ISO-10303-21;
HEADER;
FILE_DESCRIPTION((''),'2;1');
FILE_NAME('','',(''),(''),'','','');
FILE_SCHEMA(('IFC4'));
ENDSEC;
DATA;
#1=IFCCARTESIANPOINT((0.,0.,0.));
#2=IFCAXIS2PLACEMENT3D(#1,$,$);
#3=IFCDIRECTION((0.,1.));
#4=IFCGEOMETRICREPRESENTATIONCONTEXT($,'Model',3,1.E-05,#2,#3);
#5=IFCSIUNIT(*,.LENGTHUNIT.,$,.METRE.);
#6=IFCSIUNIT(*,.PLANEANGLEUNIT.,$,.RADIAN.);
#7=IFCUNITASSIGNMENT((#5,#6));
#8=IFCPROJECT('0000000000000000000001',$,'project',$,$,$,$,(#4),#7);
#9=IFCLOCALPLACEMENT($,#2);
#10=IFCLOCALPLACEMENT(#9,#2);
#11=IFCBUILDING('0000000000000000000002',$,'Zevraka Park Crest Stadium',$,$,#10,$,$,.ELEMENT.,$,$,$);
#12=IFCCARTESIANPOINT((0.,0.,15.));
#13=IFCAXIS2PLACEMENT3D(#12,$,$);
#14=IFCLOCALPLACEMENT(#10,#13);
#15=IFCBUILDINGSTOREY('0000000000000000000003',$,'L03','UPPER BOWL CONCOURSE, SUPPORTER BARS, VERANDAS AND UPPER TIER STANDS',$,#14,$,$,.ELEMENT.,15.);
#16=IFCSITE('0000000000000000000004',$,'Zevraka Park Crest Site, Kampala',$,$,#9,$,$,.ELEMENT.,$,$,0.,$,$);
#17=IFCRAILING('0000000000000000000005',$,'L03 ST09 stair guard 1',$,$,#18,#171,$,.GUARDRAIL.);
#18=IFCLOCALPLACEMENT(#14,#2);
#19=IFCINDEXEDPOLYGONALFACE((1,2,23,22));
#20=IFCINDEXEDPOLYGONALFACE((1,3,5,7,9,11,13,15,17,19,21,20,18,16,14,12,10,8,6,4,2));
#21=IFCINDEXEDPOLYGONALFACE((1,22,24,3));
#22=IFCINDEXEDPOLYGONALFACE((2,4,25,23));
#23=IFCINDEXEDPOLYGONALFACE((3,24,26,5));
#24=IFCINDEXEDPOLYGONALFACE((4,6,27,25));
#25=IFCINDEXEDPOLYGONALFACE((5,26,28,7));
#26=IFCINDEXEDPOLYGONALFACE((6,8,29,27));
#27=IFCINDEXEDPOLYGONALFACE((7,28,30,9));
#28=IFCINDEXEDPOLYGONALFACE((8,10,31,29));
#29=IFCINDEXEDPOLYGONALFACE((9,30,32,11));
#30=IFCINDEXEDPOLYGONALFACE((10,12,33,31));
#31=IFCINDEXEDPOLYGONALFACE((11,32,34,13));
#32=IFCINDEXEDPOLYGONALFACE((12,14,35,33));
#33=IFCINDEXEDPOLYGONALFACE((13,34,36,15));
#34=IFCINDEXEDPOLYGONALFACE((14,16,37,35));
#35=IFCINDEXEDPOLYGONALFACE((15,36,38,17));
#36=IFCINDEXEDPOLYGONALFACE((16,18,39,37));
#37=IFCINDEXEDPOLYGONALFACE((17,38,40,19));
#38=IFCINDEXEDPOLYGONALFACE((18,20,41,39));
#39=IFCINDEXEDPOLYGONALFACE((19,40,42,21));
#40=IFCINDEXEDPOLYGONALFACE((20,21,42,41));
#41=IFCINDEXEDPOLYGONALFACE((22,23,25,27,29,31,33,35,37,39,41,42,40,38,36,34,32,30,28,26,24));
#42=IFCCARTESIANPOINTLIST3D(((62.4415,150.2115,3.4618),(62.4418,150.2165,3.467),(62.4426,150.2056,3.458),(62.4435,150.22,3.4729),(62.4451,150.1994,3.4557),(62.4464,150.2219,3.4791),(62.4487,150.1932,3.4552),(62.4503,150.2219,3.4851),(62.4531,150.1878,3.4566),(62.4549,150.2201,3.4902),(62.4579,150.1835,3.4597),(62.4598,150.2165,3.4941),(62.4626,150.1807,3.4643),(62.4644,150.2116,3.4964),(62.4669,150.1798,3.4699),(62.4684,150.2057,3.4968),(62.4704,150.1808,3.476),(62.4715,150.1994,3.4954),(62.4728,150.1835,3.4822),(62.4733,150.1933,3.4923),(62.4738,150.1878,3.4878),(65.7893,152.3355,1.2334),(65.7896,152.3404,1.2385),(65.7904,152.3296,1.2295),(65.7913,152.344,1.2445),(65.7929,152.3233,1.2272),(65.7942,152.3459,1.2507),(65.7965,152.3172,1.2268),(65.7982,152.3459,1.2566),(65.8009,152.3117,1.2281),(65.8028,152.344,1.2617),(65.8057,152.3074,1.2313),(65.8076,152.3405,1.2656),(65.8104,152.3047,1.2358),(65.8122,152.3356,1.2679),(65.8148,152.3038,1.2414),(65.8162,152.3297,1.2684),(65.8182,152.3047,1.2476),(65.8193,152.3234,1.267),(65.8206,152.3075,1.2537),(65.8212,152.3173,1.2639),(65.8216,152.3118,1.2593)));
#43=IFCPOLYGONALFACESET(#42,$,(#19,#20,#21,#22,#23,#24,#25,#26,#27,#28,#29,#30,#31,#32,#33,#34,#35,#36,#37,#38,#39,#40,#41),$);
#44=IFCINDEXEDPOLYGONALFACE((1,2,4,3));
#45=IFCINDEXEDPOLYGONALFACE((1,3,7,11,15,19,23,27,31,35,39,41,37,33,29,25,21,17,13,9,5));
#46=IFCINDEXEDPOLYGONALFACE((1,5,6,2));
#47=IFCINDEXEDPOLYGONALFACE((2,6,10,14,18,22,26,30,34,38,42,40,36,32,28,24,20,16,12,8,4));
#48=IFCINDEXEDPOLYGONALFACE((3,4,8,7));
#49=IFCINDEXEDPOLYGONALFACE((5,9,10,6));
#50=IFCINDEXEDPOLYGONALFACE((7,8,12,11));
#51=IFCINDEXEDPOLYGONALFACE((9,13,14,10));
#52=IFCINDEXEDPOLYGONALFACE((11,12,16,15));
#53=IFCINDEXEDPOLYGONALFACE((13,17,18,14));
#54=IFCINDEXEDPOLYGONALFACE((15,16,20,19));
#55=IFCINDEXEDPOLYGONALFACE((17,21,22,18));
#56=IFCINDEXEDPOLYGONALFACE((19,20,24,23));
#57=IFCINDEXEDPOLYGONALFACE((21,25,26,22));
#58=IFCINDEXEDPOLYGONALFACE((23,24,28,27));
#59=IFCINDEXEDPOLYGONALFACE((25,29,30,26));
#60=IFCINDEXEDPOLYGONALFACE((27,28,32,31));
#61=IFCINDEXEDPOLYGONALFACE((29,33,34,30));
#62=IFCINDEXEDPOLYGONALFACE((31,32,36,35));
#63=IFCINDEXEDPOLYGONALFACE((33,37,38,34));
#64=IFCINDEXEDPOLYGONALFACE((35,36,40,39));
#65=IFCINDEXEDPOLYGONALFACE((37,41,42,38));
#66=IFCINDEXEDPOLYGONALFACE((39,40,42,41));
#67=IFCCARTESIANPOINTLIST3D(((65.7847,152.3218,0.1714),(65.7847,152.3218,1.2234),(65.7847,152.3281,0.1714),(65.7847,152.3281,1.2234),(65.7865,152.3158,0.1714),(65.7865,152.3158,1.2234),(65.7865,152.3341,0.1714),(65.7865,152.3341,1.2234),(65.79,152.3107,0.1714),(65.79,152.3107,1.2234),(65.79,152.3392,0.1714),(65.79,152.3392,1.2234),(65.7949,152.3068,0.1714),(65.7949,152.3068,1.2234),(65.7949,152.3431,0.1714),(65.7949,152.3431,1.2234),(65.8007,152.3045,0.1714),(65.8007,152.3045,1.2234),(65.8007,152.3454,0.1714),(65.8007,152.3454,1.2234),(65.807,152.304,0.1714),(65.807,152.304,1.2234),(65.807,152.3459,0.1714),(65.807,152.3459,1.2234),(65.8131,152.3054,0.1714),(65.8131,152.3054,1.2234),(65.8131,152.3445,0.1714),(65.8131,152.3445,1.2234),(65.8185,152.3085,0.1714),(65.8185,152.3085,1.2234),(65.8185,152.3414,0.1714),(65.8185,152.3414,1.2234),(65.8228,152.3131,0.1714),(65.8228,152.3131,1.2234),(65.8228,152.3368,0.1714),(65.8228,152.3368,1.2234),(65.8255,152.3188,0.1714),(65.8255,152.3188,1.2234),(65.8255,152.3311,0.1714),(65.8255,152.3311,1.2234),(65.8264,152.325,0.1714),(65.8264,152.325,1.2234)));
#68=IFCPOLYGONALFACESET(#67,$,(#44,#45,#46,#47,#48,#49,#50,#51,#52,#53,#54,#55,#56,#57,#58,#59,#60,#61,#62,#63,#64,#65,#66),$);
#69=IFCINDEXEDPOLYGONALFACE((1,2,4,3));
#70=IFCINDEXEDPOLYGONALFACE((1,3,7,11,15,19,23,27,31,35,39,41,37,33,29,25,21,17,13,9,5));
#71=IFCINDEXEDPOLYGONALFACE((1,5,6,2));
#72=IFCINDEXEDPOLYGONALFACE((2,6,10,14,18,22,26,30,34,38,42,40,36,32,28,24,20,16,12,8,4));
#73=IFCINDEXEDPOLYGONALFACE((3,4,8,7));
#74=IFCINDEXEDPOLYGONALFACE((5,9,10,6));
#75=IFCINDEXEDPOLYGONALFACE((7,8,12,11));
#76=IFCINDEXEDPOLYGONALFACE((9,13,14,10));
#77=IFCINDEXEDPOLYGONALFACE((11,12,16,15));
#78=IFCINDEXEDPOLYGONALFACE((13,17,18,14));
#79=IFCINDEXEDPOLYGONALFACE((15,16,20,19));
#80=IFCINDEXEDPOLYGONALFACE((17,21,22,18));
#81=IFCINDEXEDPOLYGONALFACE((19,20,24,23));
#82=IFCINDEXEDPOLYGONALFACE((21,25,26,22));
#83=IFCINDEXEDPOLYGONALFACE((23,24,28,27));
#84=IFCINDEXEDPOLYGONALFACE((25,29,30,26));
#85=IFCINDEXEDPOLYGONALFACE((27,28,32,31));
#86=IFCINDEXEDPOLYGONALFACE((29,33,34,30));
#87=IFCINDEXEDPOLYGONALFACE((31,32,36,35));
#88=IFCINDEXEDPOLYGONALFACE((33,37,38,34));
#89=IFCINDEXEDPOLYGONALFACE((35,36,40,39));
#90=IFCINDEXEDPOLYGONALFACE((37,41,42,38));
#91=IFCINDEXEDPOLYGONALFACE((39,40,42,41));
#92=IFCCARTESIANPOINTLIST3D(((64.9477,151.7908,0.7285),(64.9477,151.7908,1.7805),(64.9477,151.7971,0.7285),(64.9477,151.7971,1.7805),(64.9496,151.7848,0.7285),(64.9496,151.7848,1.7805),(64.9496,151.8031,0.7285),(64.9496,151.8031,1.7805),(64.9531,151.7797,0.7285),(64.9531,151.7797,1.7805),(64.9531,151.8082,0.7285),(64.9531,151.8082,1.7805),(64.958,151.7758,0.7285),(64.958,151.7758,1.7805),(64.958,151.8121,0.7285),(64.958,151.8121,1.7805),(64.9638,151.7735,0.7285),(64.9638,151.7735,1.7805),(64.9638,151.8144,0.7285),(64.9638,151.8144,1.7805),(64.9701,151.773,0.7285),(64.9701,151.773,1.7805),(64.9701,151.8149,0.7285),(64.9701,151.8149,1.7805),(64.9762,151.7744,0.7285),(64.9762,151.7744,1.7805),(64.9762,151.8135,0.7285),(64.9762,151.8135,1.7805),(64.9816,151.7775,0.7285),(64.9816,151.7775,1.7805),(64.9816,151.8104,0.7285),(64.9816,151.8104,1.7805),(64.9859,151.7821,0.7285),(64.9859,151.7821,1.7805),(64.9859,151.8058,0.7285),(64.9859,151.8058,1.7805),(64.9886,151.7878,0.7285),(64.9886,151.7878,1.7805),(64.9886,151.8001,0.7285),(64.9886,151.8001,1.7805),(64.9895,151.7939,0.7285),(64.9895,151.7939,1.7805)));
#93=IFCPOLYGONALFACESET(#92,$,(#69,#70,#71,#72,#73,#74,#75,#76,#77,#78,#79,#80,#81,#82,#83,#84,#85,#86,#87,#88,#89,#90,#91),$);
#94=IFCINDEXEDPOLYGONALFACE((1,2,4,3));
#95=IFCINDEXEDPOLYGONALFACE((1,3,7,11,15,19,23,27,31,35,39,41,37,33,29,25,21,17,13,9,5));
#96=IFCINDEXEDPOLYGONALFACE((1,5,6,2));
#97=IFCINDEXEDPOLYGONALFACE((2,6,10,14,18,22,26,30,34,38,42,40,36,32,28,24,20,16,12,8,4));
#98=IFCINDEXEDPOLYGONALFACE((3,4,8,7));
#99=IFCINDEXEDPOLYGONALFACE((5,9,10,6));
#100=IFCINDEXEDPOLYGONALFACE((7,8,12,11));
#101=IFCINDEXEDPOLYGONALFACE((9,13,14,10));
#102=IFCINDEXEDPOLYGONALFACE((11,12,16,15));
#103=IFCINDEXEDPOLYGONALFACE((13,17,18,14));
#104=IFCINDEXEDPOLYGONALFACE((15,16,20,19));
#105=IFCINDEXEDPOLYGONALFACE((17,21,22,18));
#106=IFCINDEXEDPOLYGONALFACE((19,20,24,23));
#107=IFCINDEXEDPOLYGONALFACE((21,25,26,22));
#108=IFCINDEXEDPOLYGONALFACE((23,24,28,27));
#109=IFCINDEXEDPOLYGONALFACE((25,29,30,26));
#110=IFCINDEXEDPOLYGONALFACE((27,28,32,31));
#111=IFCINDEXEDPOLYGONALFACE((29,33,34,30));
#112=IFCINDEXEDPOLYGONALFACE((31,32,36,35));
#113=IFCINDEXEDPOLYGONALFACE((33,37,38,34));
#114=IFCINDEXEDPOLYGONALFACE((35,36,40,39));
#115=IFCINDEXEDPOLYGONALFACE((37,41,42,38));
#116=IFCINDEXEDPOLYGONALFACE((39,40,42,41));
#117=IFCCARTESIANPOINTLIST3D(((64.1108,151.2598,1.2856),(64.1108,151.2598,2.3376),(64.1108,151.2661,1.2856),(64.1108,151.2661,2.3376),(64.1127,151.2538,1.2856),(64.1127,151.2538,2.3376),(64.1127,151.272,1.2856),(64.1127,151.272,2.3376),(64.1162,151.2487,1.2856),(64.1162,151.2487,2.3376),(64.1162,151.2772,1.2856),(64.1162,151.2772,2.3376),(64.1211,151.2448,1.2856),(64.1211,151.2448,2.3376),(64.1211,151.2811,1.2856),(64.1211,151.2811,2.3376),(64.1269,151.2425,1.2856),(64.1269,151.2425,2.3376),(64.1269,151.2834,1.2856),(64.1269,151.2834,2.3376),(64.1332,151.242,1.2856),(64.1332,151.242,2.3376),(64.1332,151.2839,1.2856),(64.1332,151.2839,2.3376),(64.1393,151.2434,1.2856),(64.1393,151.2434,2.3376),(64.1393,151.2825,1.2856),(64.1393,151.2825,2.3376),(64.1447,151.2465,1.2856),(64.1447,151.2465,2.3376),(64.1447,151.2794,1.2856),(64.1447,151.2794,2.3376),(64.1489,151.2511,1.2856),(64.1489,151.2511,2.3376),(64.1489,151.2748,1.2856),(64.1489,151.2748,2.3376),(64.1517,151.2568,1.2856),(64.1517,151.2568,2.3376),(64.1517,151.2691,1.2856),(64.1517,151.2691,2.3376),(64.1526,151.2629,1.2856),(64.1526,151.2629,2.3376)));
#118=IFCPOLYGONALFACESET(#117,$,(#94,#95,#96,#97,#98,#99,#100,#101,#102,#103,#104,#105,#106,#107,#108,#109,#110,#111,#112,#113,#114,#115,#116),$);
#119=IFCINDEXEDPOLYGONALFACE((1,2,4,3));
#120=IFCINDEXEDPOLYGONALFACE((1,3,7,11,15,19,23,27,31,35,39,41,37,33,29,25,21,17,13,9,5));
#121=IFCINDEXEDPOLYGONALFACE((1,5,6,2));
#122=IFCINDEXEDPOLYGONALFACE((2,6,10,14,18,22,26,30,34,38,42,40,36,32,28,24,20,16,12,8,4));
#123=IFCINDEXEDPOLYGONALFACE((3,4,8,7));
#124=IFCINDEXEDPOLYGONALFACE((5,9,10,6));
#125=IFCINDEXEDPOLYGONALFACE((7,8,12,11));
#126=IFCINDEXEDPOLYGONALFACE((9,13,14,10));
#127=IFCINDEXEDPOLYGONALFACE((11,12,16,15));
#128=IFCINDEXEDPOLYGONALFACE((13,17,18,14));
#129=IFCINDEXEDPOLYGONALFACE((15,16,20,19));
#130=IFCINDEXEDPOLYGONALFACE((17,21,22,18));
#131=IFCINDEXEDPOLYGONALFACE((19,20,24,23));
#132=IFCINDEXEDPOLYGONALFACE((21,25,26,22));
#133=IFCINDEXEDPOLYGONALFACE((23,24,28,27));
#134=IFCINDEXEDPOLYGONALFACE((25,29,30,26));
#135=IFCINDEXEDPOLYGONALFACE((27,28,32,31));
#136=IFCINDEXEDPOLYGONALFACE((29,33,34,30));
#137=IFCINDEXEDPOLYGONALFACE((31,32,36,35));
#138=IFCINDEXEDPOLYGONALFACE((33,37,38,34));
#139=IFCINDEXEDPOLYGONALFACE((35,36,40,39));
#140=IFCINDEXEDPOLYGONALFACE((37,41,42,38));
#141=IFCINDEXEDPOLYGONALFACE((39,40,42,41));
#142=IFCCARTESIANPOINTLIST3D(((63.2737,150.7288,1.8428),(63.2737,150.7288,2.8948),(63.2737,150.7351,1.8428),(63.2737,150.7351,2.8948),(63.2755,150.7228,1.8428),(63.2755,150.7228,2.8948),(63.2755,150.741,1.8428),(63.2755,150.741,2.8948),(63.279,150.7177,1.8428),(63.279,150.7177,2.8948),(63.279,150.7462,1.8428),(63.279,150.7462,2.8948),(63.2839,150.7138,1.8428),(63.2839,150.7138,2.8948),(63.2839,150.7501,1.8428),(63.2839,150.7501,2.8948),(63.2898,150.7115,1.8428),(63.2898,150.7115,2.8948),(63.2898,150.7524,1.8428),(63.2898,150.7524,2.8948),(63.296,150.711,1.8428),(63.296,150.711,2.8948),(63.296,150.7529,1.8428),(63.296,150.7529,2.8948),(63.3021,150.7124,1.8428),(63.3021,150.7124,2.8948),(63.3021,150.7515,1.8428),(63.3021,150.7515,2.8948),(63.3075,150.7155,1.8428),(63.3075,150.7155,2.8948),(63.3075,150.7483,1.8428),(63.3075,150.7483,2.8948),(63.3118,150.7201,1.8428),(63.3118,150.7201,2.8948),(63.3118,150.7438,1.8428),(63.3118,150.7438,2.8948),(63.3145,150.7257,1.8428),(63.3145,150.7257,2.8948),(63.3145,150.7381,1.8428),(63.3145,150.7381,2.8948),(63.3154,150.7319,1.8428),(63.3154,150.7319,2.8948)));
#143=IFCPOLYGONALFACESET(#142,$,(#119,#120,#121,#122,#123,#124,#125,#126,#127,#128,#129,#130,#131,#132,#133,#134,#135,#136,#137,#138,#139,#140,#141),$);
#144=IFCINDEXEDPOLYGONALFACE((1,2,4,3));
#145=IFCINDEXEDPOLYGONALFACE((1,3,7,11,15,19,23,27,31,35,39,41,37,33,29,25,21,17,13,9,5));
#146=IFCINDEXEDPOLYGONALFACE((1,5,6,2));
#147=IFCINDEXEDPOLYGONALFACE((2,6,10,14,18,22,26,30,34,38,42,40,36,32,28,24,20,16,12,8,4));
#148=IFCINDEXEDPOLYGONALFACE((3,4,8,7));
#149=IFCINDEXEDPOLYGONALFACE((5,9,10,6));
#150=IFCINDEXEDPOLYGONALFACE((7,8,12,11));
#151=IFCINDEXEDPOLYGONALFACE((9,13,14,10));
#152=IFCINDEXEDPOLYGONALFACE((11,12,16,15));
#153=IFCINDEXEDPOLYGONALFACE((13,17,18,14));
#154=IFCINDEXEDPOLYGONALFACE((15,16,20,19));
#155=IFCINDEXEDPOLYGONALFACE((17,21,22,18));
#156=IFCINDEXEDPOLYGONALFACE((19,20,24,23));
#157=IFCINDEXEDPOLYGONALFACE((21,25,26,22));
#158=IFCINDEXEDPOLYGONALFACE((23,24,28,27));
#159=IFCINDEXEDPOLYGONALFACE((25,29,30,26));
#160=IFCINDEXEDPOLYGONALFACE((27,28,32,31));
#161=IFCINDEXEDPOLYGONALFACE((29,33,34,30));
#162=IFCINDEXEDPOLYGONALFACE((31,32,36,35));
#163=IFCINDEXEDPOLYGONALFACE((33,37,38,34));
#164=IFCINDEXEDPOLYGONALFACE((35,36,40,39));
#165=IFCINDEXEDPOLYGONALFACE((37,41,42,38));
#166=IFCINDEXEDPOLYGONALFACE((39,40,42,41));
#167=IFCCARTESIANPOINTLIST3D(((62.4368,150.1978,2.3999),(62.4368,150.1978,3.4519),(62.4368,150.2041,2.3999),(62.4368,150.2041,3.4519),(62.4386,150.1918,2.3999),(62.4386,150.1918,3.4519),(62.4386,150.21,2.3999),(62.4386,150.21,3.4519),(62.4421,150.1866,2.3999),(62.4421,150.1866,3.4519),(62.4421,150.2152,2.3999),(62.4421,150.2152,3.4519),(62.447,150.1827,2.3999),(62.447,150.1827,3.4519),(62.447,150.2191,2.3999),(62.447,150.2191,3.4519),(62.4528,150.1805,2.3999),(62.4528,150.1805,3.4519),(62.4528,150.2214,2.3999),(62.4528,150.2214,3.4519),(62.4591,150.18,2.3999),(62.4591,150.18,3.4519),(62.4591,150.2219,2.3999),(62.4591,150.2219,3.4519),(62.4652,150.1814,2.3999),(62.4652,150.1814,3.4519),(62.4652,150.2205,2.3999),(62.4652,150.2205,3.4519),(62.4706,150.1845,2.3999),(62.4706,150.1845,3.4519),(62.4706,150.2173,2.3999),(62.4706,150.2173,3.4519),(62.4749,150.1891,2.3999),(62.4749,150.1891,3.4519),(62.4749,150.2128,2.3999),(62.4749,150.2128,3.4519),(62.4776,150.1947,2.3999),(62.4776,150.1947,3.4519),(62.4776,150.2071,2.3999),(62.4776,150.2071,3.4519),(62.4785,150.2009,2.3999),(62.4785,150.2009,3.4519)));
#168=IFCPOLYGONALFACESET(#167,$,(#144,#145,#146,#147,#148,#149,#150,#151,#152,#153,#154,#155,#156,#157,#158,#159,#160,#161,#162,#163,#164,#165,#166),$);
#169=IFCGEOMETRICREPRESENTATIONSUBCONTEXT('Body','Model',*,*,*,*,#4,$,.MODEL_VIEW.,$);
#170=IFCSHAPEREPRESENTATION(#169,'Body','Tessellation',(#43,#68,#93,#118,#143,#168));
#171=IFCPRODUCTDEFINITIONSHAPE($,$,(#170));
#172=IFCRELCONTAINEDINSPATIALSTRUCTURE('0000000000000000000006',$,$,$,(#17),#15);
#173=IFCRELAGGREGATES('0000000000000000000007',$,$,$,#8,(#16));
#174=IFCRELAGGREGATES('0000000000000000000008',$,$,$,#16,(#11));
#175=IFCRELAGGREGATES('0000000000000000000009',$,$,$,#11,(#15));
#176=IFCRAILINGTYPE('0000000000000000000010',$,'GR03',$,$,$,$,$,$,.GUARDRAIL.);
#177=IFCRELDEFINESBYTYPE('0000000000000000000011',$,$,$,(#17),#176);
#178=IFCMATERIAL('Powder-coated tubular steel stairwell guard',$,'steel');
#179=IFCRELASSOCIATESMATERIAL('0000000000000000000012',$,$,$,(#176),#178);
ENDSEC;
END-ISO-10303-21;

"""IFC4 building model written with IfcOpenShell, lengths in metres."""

from ifc_helpers import new_model, si_unit, direction, frame, origin, origin_2d, place, context, subcontext, project, spatial, circle, extrude, material, type_object, element, save


model = new_model("IFC4")

# Units and contexts
model_context = context("Model", 3, precision=1e-05, world=origin(), true_north=direction((0.0, 1.0)))
body_context = subcontext(model_context, "Body", "Model", "MODEL_VIEW")
ifc_project = project(units=[si_unit("LENGTHUNIT", "METRE"), si_unit("PLANEANGLEUNIT", "RADIAN")], contexts=[model_context])

# Site, building, storey
site_placement = place(None, origin())
site = spatial("IfcSite", under=ifc_project, at=site_placement, Name="Zevraka Park Crest Site, Kampala", CompositionType="ELEMENT", RefElevation=0.0)
building_placement = place(site_placement, origin())
building = spatial("IfcBuilding", under=site, at=building_placement, Name="Zevraka Park Crest Stadium", CompositionType="ELEMENT")
storey_placement = place(building_placement, frame((0.0, 0.0, 15.0)))
storey = spatial("IfcBuildingStorey", under=building, at=storey_placement, Name="L03", Description="UPPER BOWL CONCOURSE, SUPPORTER BARS, VERANDAS AND UPPER TIER STANDS", CompositionType="ELEMENT", Elevation=15.0)

# Railing
ifc_material_1 = material(Name="Powder-coated tubular steel stairwell guard", Category="steel")
railing_type_1 = type_object("IfcRailingType", Name="GR03", PredefinedType="GUARDRAIL", material=ifc_material_1)
railing_1_placement = place(storey_placement, frame((65.8054, 152.325, 0.1714)))
element("IfcRailing", 1, at=railing_1_placement, inside=storey, type_object=railing_type_1, Name="L03 ST09 stair guard 1", PredefinedType="GUARDRAIL", context=body_context, shape_type="SweptSolid", body=[
    extrude(circle(Radius=0.0239, at=origin_2d()), frame((0.0, 0.0, 1.0762), z_axis=(-0.736092, -0.467002, 0.489977), x_axis=(0.535716, -0.844399, 0.0)), (0.0, 0.0, 1.0), 4.5481),
    extrude(circle(Radius=0.021, at=origin_2d()), origin(), (0.0, 0.0, 1.0), 1.052),
    extrude(circle(Radius=0.021, at=origin_2d()), frame((-0.8369, -0.531, 0.5571)), (0.0, 0.0, 1.0), 1.052),
    extrude(circle(Radius=0.021, at=origin_2d()), frame((-1.6738, -1.062, 1.1143)), (0.0, 0.0, 1.0), 1.052),
    extrude(circle(Radius=0.021, at=origin_2d()), frame((-2.511, -1.593, 1.6714)), (0.0, 0.0, 1.0), 1.052),
    extrude(circle(Radius=0.021, at=origin_2d()), frame((-3.3479, -2.124, 2.2285)), (0.0, 0.0, 1.0), 1.052),
])

save(model, "model.ifc")
